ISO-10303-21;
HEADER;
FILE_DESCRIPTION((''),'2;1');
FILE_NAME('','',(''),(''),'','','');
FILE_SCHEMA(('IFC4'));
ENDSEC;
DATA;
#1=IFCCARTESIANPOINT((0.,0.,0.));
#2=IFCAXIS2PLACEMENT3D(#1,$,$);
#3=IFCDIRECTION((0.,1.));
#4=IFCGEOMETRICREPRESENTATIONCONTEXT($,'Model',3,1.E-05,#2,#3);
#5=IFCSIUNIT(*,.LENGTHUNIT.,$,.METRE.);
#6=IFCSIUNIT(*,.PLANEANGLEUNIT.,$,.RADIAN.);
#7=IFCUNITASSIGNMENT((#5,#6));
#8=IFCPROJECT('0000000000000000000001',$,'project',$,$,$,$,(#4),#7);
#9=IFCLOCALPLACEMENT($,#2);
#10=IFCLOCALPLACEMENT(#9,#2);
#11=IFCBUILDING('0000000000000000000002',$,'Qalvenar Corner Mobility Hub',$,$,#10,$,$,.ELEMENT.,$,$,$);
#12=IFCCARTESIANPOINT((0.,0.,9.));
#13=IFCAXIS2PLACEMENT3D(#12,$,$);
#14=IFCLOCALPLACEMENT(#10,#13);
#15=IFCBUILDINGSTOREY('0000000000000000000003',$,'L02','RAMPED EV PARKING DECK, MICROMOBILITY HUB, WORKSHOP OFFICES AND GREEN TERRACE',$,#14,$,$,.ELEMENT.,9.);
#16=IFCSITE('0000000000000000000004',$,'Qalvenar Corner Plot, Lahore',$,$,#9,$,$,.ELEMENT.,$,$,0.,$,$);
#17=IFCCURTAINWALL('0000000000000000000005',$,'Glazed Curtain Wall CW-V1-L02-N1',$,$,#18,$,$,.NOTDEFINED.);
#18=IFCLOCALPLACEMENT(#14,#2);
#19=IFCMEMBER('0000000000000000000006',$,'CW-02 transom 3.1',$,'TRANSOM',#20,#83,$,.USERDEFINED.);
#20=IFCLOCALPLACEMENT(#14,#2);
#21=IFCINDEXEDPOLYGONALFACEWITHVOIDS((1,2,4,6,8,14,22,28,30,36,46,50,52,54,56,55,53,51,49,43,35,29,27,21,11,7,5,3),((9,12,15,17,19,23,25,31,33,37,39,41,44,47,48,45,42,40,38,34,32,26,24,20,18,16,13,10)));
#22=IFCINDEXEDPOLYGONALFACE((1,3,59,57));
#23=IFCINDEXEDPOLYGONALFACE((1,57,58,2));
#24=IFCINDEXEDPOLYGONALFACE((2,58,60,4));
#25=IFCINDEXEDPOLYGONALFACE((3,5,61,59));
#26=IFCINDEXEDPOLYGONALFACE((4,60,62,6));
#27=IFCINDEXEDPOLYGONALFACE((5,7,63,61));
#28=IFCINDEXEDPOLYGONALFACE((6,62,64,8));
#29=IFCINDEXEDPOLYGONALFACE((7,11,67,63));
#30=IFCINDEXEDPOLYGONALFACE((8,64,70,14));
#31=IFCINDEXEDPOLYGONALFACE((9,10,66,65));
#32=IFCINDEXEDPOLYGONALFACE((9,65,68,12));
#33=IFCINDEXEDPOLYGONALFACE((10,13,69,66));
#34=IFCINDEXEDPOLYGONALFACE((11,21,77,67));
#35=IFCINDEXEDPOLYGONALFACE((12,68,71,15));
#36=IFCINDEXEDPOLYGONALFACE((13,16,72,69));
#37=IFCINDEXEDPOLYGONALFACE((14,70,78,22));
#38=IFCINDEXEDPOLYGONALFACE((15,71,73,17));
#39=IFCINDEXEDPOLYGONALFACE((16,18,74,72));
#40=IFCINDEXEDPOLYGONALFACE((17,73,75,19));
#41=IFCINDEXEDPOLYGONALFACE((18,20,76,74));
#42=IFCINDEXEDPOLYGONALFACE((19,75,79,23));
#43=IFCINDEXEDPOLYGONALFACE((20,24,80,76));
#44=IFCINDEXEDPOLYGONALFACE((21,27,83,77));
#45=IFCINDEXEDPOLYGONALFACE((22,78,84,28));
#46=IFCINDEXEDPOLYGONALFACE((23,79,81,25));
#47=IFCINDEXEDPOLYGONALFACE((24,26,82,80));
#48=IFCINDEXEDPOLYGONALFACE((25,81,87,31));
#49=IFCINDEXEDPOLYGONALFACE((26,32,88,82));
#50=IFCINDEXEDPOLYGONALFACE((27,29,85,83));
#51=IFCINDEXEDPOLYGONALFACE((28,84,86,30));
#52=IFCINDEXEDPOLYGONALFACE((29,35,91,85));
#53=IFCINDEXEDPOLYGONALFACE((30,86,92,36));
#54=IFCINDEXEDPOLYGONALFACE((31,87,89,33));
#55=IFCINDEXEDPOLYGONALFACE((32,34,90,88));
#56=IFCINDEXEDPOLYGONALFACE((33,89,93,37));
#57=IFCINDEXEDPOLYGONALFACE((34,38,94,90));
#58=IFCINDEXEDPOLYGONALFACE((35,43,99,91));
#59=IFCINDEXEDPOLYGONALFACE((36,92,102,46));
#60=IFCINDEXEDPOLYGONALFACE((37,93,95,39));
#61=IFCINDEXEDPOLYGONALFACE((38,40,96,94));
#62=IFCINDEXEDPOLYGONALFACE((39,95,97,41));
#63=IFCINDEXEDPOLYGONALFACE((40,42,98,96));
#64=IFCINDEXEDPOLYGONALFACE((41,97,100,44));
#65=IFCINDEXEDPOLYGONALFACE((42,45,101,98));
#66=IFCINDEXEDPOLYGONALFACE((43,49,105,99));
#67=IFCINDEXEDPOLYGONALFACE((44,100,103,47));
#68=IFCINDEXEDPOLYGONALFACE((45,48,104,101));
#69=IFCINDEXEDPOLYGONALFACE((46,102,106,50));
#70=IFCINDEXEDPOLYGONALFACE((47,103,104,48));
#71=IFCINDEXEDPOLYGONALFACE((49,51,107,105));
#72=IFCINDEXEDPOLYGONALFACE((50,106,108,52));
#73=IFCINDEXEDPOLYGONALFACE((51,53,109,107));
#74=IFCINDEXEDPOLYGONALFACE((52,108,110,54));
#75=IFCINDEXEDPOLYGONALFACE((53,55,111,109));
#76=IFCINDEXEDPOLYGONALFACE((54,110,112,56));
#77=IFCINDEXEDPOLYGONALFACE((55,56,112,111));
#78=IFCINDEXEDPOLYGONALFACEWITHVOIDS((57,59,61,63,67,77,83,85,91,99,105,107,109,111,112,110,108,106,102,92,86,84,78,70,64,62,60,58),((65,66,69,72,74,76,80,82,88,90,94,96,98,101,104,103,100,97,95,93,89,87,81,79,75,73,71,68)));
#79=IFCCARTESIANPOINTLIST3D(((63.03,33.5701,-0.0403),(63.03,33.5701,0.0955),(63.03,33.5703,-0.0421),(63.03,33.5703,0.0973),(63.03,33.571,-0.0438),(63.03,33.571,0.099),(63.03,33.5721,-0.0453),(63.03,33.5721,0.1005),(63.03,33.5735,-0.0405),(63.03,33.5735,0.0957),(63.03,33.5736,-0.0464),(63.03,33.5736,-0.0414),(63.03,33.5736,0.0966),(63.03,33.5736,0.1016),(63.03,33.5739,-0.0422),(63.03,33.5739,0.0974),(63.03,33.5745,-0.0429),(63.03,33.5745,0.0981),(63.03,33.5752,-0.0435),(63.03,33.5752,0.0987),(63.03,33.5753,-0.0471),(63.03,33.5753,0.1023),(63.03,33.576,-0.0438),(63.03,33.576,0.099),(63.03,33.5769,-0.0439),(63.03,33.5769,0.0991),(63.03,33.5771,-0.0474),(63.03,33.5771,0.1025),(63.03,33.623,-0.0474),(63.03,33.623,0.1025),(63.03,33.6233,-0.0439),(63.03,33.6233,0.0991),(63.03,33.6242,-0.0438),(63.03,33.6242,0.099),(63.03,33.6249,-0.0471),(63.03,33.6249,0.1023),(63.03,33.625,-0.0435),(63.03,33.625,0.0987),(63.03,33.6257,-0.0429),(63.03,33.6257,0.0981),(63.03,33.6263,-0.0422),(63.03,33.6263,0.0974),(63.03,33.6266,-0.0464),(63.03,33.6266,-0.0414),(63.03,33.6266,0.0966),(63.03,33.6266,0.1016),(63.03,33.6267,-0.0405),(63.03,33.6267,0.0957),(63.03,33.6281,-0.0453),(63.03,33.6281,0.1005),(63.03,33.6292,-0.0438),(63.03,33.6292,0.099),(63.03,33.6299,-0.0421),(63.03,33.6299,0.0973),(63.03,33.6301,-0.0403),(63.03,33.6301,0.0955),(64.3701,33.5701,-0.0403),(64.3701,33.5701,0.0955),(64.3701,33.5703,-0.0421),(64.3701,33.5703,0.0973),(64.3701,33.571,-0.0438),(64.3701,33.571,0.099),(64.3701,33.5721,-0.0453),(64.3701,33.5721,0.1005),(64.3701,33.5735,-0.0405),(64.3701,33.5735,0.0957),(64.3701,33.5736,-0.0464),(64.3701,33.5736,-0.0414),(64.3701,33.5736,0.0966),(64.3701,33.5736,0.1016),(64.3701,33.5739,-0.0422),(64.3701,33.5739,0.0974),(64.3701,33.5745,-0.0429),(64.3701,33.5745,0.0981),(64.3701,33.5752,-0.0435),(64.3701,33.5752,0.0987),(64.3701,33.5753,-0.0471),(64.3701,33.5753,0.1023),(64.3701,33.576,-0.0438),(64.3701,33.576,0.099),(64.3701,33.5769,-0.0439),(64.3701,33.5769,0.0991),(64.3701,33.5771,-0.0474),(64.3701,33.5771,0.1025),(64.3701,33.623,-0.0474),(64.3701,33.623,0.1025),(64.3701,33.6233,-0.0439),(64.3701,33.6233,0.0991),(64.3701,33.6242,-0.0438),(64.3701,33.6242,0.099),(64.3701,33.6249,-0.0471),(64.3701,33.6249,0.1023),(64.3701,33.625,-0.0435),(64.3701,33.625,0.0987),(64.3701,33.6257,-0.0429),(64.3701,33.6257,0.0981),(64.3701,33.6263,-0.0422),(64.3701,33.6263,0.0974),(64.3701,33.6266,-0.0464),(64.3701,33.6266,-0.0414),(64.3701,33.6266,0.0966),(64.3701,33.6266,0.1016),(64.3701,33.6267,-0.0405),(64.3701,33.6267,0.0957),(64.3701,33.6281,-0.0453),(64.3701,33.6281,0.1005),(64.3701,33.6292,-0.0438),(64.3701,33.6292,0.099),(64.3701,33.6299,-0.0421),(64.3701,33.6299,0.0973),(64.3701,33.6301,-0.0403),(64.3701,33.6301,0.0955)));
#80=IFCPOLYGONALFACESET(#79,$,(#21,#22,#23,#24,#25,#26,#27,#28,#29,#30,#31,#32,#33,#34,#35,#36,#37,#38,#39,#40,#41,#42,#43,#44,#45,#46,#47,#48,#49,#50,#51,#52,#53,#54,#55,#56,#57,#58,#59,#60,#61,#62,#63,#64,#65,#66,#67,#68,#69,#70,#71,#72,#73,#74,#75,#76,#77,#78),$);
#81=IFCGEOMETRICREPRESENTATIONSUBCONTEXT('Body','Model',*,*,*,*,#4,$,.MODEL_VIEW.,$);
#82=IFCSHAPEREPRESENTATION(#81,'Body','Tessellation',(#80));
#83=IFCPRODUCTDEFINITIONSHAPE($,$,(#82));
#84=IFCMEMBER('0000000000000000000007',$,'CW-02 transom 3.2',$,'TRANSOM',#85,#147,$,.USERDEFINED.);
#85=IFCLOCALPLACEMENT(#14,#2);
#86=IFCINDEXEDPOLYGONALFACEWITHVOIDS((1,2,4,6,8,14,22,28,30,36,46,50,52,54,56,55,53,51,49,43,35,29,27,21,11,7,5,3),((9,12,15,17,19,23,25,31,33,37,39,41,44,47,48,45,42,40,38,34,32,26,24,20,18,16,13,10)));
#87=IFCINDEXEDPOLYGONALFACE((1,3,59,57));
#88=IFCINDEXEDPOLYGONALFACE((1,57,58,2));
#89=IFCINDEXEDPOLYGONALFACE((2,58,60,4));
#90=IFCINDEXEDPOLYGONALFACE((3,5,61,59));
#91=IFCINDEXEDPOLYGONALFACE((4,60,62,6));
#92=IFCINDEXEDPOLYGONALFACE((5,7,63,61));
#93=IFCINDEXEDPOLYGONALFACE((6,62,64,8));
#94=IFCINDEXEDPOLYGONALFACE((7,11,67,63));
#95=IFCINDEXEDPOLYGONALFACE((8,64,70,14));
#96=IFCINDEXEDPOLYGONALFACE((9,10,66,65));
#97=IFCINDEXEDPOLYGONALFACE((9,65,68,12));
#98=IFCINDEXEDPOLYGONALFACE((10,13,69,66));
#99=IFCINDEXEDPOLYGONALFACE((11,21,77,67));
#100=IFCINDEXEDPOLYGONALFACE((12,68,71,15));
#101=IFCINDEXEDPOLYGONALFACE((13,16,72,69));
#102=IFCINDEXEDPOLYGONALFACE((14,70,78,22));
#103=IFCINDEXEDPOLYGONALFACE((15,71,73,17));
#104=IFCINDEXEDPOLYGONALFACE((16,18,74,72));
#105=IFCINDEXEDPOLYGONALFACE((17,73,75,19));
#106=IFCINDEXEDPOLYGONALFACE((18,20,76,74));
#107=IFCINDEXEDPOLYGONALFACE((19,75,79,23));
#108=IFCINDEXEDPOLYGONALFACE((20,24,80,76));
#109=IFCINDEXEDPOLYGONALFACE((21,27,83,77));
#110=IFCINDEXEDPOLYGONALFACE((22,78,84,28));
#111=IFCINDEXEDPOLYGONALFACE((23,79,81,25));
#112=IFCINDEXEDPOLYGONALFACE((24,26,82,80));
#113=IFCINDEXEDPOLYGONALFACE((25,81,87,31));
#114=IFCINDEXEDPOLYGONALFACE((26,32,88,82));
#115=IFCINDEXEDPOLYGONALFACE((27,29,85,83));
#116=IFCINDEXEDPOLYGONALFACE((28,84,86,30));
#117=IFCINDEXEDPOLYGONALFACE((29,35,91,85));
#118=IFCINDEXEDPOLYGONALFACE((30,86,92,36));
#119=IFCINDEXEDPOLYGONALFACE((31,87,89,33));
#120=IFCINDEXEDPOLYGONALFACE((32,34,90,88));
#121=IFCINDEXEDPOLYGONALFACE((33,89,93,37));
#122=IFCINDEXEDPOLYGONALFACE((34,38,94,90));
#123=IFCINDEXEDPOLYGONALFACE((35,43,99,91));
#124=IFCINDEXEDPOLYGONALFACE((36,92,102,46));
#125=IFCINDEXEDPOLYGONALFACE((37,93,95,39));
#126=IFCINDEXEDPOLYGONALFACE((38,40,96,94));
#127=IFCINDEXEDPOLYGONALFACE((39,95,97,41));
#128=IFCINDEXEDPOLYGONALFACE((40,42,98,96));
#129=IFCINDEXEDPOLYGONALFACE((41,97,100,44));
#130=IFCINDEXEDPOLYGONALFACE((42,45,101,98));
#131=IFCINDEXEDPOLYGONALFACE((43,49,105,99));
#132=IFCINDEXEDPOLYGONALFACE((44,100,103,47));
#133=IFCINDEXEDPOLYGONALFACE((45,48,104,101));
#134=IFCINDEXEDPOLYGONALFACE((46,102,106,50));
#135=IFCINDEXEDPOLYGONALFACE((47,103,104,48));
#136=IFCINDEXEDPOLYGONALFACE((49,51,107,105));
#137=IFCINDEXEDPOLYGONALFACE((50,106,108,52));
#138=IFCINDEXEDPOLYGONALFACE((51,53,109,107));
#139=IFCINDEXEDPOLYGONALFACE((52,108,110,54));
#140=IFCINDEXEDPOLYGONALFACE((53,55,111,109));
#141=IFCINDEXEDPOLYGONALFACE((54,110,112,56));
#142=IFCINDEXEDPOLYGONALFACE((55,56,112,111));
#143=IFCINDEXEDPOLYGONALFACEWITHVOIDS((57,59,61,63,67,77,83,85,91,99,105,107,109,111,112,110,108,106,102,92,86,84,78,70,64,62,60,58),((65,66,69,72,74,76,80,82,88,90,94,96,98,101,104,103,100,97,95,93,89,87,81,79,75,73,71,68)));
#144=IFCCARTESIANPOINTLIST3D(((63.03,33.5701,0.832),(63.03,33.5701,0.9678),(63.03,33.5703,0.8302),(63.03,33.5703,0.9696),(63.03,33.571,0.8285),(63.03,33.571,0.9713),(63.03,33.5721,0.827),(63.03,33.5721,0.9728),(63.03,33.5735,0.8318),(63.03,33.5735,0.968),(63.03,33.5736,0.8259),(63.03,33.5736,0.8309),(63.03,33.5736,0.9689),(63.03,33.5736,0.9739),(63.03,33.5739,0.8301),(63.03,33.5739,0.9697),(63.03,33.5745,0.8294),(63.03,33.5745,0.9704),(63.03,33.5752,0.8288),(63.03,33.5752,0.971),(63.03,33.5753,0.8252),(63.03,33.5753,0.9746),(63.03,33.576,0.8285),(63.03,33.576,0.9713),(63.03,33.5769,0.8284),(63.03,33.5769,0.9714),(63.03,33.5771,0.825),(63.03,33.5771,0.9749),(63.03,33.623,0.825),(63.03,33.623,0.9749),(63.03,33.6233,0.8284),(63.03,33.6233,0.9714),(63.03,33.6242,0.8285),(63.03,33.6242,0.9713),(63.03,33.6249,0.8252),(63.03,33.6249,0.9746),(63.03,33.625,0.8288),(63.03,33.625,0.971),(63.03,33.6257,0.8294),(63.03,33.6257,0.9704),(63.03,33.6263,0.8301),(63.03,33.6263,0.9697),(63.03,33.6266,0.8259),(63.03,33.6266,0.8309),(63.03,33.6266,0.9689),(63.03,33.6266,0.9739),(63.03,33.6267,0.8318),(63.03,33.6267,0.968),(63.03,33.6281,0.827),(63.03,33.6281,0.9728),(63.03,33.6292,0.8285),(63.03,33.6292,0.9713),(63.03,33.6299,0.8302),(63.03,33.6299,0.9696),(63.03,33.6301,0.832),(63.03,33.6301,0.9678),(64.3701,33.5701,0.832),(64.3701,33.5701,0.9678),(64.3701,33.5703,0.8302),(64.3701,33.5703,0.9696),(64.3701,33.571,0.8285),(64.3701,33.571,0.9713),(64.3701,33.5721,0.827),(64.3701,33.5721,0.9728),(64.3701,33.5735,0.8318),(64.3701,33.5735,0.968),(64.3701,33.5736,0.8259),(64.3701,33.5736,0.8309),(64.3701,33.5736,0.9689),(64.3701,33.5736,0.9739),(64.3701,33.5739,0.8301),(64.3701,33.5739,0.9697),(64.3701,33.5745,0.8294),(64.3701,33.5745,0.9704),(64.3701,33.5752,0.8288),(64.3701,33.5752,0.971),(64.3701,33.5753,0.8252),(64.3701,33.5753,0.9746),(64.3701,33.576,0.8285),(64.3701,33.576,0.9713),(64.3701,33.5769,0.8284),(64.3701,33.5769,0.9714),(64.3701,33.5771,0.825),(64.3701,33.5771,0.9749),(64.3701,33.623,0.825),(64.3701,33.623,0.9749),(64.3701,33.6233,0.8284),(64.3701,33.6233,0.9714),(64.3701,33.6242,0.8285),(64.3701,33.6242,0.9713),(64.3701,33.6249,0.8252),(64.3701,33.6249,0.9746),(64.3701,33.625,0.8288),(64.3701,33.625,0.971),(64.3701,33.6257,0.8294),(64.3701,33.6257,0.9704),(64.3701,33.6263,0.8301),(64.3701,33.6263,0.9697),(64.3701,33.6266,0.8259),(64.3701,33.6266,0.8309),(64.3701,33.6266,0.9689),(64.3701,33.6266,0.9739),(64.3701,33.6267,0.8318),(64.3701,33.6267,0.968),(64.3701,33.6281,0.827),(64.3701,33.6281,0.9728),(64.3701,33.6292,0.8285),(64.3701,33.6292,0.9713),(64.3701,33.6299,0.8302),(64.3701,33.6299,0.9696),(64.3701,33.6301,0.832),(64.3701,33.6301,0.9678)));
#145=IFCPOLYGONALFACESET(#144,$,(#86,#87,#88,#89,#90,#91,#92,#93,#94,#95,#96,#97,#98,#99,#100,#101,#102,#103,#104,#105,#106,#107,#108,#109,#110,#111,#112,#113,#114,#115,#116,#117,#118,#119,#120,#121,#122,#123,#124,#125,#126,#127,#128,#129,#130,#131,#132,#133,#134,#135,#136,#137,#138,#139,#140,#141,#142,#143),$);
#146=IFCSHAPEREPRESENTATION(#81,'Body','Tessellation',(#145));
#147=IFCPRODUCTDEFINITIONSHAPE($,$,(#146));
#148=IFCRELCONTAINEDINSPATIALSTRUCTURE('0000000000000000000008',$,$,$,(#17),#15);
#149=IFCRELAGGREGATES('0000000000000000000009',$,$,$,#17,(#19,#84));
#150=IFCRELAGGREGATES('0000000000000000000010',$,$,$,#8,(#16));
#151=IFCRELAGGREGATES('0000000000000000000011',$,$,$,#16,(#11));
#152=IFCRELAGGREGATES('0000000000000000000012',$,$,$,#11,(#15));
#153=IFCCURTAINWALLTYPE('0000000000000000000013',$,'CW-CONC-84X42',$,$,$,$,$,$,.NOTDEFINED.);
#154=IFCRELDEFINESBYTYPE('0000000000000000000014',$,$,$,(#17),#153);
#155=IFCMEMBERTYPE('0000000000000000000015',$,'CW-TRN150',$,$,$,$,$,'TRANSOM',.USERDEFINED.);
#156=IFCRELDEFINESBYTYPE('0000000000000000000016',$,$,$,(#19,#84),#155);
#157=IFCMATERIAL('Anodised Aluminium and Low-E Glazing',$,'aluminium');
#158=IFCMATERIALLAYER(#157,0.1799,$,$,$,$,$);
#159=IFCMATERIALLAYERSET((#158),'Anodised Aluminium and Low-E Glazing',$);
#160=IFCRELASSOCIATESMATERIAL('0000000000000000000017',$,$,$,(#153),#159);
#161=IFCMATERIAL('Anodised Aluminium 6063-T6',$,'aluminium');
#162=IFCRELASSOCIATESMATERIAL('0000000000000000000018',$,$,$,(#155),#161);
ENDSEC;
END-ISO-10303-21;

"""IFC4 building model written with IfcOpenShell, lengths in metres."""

from ifc_helpers import new_model, si_unit, direction, frame, origin, origin_2d, place, context, subcontext, project, spatial, hollow_rectangle, extrude, material, layer, layer_set, material_profile, profile_set, type_object, element, aggregate, save


model = new_model("IFC4")

# Units and contexts
model_context = context("Model", 3, precision=1e-05, world=origin(), true_north=direction((0.0, 1.0)))
body_context = subcontext(model_context, "Body", "Model", "MODEL_VIEW")
ifc_project = project(units=[si_unit("LENGTHUNIT", "METRE"), si_unit("PLANEANGLEUNIT", "RADIAN")], contexts=[model_context])

# Site, building, storey
site_placement = place(None, origin())
site = spatial("IfcSite", under=ifc_project, at=site_placement, Name="Qalvenar Corner Plot, Lahore", CompositionType="ELEMENT", RefElevation=0.0)
building_placement = place(site_placement, origin())
building = spatial("IfcBuilding", under=site, at=building_placement, Name="Qalvenar Corner Mobility Hub", CompositionType="ELEMENT")
storey_placement = place(building_placement, frame((0.0, 0.0, 9.0)))
storey = spatial("IfcBuildingStorey", under=building, at=storey_placement, Name="L02", Description="RAMPED EV PARKING DECK, MICROMOBILITY HUB, WORKSHOP OFFICES AND GREEN TERRACE", CompositionType="ELEMENT", Elevation=9.0)

# Shared definitions
ifc_material_1 = material(Name="Anodised Aluminium and Low-E Glazing", Category="aluminium")
ifc_material_2 = material(Name="Anodised Aluminium 6063-T6", Category="aluminium")

# Curtain wall, members
ifc_layer_1 = layer(ifc_material_1, 0.1799)
ifc_layer_set_1 = layer_set([ifc_layer_1], Name="Anodised Aluminium and Low-E Glazing")
curtain_wall_type_1 = type_object("IfcCurtainWallType", Name="CW-CONC-84X42", PredefinedType="NOTDEFINED", material=ifc_layer_set_1)
curtain_wall_1_placement = place(storey_placement, origin())
curtain_wall_1 = element("IfcCurtainWall", 1, at=curtain_wall_1_placement, inside=storey, type_object=curtain_wall_type_1, Name="Glazed Curtain Wall CW-V1-L02-N1", PredefinedType="NOTDEFINED")
ifc_material_profile_1 = material_profile(ifc_material_2, hollow_rectangle(XDim=0.0601, YDim=0.1499, WallThickness=0.0034, InnerFilletRadius=0.0034, OuterFilletRadius=0.0071, at=origin_2d()), Name="RHS150x60x3.5")
ifc_profile_set_1 = profile_set([ifc_material_profile_1], Name="Anodised Aluminium 6063-T6")
member_type_1 = type_object("IfcMemberType", Name="CW-TRN150", ElementType="TRANSOM", PredefinedType="USERDEFINED", material=ifc_profile_set_1)
member_1_placement = place(storey_placement, frame((64.3701, 33.6001, 0.0276), z_axis=(-1.0, 0.0, 0.0), x_axis=(0.0, -1.0, 0.0)))
member_1 = element("IfcMember", 2, at=member_1_placement, type_object=member_type_1, Name="CW-02 transom 3.1", ObjectType="TRANSOM", PredefinedType="USERDEFINED", context=body_context, shape_type="SweptSolid", body=[
    extrude(hollow_rectangle(XDim=0.0601, YDim=0.1499, WallThickness=0.0034, InnerFilletRadius=0.0034, OuterFilletRadius=0.0071, at=origin_2d()), origin(), (0.0, 0.0, 1.0), 1.3401),
])
member_2_placement = place(storey_placement, frame((64.3701, 33.6001, 0.8999), z_axis=(-1.0, 0.0, 0.0), x_axis=(0.0, -1.0, 0.0)))
member_2 = element("IfcMember", 3, at=member_2_placement, type_object=member_type_1, Name="CW-02 transom 3.2", ObjectType="TRANSOM", PredefinedType="USERDEFINED", context=body_context, shape_type="SweptSolid", body=[
    extrude(hollow_rectangle(XDim=0.0601, YDim=0.1499, WallThickness=0.0034, InnerFilletRadius=0.0034, OuterFilletRadius=0.0071, at=origin_2d()), origin(), (0.0, 0.0, 1.0), 1.3401),
])
aggregate(curtain_wall_1, [member_1, member_2])

save(model, "model.ifc")
